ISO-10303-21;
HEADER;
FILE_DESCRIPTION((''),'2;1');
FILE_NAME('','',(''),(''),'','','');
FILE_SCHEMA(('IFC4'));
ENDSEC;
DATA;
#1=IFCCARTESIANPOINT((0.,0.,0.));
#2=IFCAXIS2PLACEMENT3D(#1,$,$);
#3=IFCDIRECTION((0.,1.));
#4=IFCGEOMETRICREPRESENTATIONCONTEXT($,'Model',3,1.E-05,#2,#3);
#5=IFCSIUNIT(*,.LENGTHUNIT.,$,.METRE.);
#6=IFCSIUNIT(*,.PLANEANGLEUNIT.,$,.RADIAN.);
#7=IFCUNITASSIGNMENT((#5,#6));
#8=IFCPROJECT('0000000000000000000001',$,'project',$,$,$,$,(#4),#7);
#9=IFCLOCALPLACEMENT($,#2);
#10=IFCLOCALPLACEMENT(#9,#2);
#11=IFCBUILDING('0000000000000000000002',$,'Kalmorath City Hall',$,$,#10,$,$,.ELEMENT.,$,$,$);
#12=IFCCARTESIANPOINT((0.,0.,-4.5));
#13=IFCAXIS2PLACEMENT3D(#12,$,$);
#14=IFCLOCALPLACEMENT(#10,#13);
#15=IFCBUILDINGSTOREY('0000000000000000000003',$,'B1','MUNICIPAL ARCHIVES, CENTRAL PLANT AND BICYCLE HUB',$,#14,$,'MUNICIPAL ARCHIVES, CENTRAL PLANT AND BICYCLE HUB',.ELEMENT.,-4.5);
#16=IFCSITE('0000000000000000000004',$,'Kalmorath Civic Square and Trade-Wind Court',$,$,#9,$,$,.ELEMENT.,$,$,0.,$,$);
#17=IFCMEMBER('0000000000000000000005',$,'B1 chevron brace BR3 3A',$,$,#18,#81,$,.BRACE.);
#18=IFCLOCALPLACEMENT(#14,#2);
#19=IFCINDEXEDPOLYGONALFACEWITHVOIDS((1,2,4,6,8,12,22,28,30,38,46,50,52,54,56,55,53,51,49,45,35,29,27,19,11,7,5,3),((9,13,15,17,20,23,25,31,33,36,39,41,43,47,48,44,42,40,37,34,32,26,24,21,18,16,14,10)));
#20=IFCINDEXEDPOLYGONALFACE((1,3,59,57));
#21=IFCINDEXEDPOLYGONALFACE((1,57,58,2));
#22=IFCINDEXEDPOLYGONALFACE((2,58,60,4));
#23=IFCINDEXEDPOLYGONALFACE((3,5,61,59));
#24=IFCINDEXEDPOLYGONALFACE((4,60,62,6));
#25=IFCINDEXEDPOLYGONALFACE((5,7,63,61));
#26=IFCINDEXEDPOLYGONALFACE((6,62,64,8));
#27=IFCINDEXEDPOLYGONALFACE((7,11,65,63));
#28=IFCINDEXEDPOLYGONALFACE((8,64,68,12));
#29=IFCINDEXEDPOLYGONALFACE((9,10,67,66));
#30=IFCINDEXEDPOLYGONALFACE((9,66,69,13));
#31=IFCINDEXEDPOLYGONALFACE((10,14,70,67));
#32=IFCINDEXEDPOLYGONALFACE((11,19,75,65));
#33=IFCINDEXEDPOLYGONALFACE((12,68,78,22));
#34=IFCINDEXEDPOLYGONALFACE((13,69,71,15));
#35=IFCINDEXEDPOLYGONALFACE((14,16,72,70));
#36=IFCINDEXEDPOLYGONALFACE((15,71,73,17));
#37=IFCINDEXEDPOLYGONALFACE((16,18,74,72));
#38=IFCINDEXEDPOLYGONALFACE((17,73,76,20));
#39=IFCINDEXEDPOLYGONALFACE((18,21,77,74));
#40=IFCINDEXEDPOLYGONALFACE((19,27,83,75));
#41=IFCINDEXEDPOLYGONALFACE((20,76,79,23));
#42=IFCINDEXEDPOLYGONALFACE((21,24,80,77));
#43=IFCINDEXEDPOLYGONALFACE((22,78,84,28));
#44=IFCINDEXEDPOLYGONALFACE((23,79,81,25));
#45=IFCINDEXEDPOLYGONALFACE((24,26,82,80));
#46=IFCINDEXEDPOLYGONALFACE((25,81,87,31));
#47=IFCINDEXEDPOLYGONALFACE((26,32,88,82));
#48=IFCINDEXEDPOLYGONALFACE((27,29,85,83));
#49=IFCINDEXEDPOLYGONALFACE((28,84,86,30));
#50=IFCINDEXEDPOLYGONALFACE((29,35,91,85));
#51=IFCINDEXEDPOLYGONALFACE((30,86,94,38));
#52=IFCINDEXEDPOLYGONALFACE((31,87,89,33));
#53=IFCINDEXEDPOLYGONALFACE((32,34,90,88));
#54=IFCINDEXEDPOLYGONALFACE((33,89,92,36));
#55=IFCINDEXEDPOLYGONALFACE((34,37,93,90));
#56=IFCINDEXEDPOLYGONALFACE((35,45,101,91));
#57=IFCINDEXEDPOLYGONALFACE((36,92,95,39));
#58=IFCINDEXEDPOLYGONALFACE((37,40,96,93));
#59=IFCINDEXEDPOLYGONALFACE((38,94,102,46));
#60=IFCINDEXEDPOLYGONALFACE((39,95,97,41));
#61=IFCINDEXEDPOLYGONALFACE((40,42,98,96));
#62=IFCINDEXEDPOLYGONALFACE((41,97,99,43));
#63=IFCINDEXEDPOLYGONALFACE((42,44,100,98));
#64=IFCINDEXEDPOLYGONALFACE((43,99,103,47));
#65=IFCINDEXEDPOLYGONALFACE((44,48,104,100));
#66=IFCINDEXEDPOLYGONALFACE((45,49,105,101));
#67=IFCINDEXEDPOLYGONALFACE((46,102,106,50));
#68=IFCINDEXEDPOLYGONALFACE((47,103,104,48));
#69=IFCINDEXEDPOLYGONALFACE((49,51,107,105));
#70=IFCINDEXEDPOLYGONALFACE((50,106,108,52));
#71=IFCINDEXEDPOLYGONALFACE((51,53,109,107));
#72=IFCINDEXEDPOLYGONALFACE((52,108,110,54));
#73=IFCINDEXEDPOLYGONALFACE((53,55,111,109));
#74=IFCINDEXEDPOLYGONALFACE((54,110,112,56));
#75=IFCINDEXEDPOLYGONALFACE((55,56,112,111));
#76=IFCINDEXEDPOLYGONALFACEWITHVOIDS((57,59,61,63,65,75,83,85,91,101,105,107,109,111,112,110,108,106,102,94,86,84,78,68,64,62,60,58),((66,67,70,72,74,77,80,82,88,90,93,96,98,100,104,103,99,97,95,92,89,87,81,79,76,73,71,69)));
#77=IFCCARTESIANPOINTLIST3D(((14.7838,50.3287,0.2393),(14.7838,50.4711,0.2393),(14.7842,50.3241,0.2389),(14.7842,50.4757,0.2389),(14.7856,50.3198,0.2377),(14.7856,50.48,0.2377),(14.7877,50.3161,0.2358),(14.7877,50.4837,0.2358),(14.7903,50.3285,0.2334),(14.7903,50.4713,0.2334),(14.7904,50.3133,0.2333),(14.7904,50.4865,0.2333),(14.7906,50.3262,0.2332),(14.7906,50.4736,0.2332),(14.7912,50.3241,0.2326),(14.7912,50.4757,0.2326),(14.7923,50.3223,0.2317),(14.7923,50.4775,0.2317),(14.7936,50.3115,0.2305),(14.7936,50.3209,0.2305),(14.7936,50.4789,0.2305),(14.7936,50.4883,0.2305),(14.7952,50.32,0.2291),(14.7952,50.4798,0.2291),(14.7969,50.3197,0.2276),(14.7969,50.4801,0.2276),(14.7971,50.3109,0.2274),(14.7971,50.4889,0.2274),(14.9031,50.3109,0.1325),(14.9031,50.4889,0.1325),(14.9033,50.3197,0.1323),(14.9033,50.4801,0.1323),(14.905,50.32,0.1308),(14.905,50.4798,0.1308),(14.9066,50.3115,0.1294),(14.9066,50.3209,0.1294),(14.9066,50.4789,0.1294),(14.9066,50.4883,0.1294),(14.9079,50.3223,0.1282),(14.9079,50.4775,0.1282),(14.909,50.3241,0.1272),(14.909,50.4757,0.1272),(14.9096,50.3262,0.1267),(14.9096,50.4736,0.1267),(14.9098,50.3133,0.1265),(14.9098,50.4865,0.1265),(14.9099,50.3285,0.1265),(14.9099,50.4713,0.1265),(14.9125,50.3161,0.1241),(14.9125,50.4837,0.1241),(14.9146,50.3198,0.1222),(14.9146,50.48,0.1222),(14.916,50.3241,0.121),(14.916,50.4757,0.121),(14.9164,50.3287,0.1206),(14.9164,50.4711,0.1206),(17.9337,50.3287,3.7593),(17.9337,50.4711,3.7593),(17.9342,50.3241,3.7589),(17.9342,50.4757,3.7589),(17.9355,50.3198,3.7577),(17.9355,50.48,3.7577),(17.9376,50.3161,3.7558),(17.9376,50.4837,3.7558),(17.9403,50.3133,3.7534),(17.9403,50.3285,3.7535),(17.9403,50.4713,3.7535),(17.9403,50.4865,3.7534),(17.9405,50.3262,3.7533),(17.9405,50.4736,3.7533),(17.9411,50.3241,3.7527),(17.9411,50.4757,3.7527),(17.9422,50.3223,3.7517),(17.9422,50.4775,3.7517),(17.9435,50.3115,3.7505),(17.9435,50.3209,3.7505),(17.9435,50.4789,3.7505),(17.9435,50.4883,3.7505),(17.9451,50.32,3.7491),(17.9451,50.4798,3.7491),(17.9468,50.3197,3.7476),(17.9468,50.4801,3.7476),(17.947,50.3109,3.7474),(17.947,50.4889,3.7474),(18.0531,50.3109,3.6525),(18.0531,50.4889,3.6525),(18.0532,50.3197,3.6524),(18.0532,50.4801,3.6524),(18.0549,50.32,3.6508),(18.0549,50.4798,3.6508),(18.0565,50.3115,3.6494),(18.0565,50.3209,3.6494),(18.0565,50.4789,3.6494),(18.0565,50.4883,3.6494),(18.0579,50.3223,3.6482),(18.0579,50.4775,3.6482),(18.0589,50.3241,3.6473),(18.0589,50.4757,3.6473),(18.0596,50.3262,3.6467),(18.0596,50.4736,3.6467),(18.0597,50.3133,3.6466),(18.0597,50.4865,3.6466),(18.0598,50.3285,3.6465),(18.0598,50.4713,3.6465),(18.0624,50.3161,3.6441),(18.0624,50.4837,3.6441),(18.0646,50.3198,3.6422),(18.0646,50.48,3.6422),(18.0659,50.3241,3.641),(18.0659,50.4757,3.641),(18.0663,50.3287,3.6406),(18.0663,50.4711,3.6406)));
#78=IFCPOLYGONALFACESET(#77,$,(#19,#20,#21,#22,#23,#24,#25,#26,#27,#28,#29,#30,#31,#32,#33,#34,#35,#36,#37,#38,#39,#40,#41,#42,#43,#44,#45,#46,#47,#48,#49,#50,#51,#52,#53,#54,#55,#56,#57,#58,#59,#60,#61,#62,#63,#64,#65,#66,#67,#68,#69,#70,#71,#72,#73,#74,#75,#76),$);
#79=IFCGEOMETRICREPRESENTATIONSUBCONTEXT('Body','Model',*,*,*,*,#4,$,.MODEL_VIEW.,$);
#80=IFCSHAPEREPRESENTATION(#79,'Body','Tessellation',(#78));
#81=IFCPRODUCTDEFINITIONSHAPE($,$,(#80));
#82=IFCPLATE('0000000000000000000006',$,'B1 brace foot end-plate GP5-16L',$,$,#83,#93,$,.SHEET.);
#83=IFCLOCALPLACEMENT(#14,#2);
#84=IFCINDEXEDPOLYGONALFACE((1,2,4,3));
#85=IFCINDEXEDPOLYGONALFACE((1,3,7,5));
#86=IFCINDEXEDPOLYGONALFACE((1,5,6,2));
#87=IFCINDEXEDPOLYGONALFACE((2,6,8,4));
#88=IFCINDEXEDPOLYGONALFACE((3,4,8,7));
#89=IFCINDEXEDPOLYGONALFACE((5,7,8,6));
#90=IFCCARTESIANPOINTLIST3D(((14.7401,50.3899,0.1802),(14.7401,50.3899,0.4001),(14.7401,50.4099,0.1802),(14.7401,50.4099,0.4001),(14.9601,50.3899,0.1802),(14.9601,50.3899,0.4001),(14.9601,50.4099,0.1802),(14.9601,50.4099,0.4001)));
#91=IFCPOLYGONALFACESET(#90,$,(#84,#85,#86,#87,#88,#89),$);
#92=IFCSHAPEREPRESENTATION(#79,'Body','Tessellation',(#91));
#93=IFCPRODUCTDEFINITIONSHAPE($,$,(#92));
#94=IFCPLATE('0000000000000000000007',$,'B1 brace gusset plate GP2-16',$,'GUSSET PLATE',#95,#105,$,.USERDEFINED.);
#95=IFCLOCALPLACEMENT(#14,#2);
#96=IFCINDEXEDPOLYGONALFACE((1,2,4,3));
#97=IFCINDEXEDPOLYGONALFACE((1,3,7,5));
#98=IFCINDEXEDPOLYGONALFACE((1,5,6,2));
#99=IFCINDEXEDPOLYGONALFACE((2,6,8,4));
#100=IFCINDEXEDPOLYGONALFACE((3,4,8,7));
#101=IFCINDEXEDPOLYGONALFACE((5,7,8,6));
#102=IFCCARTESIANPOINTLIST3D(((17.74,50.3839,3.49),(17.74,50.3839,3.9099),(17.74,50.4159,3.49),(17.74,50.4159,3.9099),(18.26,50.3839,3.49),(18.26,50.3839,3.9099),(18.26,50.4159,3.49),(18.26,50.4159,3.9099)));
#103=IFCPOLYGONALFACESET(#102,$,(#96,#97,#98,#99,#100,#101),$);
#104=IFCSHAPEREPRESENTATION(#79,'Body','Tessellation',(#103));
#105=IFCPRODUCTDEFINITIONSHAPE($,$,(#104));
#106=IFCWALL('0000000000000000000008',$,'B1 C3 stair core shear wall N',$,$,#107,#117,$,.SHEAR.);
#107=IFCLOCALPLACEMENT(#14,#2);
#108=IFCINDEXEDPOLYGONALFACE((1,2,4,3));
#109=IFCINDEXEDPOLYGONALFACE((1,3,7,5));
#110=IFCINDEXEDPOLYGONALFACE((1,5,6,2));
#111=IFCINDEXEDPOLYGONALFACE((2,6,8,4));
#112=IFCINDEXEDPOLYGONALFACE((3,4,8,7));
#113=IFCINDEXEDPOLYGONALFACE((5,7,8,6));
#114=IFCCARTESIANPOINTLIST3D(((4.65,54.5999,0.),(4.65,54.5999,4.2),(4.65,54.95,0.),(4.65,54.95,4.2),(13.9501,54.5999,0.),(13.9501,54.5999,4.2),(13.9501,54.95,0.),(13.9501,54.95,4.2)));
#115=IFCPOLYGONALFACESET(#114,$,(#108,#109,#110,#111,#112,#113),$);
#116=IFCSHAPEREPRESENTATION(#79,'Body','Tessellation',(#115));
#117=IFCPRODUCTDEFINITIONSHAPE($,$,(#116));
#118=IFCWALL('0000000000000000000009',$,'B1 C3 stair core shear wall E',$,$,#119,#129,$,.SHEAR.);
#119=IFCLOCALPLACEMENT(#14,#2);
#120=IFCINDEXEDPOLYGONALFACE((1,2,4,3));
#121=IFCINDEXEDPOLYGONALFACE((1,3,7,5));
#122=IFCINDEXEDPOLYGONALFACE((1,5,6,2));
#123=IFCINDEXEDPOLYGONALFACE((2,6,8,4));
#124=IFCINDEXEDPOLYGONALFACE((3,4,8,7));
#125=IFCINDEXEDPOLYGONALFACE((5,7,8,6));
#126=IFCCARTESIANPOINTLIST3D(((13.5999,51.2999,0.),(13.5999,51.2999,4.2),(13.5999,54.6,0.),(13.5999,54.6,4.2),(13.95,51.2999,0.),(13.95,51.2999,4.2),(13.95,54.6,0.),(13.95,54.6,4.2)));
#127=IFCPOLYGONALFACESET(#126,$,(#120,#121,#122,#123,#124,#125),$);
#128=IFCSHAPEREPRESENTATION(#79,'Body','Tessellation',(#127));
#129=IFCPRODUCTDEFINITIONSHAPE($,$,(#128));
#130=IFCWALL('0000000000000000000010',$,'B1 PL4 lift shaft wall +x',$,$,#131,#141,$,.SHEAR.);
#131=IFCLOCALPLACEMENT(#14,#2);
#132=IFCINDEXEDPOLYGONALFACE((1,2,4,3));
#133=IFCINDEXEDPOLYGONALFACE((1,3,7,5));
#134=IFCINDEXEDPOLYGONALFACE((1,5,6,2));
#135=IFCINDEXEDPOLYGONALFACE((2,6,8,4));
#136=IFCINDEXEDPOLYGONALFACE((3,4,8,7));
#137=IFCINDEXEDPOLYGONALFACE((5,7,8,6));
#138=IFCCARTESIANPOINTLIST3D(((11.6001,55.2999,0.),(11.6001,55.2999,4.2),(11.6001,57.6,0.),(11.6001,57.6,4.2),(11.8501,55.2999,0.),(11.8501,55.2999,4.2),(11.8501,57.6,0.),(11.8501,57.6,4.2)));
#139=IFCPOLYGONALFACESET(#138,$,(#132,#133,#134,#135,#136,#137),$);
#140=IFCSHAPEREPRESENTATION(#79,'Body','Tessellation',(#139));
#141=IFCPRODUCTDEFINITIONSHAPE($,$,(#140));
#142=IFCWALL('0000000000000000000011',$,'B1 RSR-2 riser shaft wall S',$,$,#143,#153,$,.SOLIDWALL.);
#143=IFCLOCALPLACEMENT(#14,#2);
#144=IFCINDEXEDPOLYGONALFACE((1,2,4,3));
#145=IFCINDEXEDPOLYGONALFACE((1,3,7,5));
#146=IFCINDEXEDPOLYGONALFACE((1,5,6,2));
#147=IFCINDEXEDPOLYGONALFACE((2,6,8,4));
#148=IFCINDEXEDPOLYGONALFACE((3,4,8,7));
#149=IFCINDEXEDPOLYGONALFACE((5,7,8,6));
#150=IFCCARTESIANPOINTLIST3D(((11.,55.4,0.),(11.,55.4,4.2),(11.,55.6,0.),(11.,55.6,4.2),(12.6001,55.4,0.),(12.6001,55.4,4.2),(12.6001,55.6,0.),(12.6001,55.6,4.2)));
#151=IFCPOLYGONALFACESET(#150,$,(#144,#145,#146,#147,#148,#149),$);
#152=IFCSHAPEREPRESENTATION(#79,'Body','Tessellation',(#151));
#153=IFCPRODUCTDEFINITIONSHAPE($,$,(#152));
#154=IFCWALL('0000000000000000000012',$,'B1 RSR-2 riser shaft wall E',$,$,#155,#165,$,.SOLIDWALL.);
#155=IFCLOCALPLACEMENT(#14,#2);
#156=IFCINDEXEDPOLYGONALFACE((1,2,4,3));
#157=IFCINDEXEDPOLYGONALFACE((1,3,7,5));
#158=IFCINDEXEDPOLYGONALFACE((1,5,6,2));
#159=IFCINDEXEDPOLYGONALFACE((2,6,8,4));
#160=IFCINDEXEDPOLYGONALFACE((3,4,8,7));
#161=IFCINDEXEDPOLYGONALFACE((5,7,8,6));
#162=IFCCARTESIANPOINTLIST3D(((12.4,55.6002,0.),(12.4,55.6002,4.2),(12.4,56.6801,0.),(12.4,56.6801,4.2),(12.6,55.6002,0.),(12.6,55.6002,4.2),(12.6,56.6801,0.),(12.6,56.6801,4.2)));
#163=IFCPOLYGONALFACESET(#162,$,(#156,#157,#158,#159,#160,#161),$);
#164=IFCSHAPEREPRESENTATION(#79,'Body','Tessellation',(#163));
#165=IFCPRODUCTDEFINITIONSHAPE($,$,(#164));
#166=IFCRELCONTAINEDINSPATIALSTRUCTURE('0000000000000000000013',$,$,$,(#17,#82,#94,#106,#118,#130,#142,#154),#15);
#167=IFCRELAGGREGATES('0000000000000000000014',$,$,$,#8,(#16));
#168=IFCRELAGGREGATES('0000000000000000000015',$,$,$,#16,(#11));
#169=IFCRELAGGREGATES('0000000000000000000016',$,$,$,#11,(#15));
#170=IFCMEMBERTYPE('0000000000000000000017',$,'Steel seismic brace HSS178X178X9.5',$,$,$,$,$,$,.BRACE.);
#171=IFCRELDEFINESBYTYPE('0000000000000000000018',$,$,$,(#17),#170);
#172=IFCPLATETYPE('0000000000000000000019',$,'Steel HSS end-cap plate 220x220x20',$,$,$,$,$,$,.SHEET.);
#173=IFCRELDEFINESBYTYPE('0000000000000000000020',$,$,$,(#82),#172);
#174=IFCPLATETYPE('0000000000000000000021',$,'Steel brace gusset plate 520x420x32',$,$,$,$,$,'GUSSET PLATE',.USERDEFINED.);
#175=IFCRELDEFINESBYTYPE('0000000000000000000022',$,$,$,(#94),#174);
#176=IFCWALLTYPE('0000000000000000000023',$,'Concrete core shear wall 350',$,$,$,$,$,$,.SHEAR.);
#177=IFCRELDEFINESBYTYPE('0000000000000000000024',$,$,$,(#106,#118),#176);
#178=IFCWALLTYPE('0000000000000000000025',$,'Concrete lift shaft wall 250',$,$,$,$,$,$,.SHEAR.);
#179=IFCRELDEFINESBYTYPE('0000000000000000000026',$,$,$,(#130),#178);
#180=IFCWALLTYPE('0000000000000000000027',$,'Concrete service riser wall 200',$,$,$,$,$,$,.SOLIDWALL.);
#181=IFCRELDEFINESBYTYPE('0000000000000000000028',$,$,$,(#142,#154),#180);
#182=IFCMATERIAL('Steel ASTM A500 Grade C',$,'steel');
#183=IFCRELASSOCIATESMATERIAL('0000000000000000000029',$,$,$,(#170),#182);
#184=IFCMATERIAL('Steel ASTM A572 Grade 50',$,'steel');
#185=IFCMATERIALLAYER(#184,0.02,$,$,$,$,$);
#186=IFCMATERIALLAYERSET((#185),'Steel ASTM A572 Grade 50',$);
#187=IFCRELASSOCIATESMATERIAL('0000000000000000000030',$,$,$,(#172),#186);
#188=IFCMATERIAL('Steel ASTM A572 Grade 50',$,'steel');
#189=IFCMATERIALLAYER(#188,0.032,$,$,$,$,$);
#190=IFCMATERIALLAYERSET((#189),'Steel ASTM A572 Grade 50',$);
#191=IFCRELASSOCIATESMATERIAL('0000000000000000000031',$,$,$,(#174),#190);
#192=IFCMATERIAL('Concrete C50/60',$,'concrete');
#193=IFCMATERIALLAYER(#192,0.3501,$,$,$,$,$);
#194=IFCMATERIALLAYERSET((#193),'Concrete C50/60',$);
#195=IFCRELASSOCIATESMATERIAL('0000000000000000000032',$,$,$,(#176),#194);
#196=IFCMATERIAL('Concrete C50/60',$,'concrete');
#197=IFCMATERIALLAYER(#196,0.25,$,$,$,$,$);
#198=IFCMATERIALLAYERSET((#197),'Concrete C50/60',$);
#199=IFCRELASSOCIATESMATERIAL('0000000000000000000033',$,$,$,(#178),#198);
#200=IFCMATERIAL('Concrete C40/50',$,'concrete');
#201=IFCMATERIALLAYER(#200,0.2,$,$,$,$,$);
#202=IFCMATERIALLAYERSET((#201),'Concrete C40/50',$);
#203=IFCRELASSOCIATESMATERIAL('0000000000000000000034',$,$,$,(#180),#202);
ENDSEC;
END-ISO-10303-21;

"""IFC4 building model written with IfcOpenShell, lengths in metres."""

from ifc_helpers import new_model, si_unit, direction, frame, frame_2d, origin, origin_2d, place, context, subcontext, project, spatial, rectangle, hollow_rectangle, extrude, material, layer, layer_set, material_profile, profile_set, type_object, element, save


model = new_model("IFC4")

# Units and contexts
model_context = context("Model", 3, precision=1e-05, world=origin(), true_north=direction((0.0, 1.0)))
body_context = subcontext(model_context, "Body", "Model", "MODEL_VIEW")
ifc_project = project(units=[si_unit("LENGTHUNIT", "METRE"), si_unit("PLANEANGLEUNIT", "RADIAN")], contexts=[model_context])

# Site, building, storey
site_placement = place(None, origin())
site = spatial("IfcSite", under=ifc_project, at=site_placement, Name="Kalmorath Civic Square and Trade-Wind Court", CompositionType="ELEMENT", RefElevation=0.0)
building_placement = place(site_placement, origin())
building = spatial("IfcBuilding", under=site, at=building_placement, Name="Kalmorath City Hall", CompositionType="ELEMENT")
storey_placement = place(building_placement, frame((0.0, 0.0, -4.5)))
storey = spatial("IfcBuildingStorey", under=building, at=storey_placement, Name="B1", Description="MUNICIPAL ARCHIVES, CENTRAL PLANT AND BICYCLE HUB", LongName="MUNICIPAL ARCHIVES, CENTRAL PLANT AND BICYCLE HUB", CompositionType="ELEMENT", Elevation=-4.5)

# Member
ifc_material_1 = material(Name="Steel ASTM A500 Grade C", Category="steel")
ifc_material_profile_1 = material_profile(ifc_material_1, hollow_rectangle(XDim=0.178, YDim=0.178, WallThickness=0.0088, InnerFilletRadius=0.0088, OuterFilletRadius=0.0178, at=origin_2d()), Name="HSS178X178X9.5")
ifc_profile_set_1 = profile_set([ifc_material_profile_1], Name="Steel ASTM A500 Grade C")
member_type = type_object("IfcMemberType", Name="Steel seismic brace HSS178X178X9.5", PredefinedType="BRACE", material=ifc_profile_set_1)
member_placement = place(storey_placement, frame((14.8501, 50.3999, 0.1799), z_axis=(0.666843, 0.0, 0.745198), x_axis=(0.0, 1.0, 0.0)))
element("IfcMember", 1, at=member_placement, inside=storey, type_object=member_type, Name="B1 chevron brace BR3 3A", PredefinedType="BRACE", context=body_context, shape_type="SweptSolid", body=[
    extrude(hollow_rectangle(XDim=0.178, YDim=0.178, WallThickness=0.0088, InnerFilletRadius=0.0088, OuterFilletRadius=0.0178, at=origin_2d()), origin(), (0.0, 0.0, 1.0), 4.7236),
])

# Plates
ifc_material_2 = material(Name="Steel ASTM A572 Grade 50", Category="steel")
ifc_layer_1 = layer(ifc_material_2, 0.02)
ifc_layer_set_1 = layer_set([ifc_layer_1], Name="Steel ASTM A572 Grade 50")
plate_type_1 = type_object("IfcPlateType", Name="Steel HSS end-cap plate 220x220x20", PredefinedType="SHEET", material=ifc_layer_set_1)
plate_1_placement = place(storey_placement, frame((14.8501, 50.3999, 0.1802), z_axis=(0.0, 0.0, 1.0), x_axis=(1.0, 0.0, 0.0)))
element("IfcPlate", 2, at=plate_1_placement, inside=storey, type_object=plate_type_1, Name="B1 brace foot end-plate GP5-16L", PredefinedType="SHEET", context=body_context, shape_type="SweptSolid", body=[
    extrude(rectangle(XDim=0.22, YDim=0.02, at=origin_2d()), origin(), (0.0, 0.0, 1.0), 0.22),
])
ifc_material_3 = material(Name="Steel ASTM A572 Grade 50", Category="steel")
ifc_layer_2 = layer(ifc_material_3, 0.032)
ifc_layer_set_2 = layer_set([ifc_layer_2], Name="Steel ASTM A572 Grade 50")
plate_type_2 = type_object("IfcPlateType", Name="Steel brace gusset plate 520x420x32", ElementType="GUSSET PLATE", PredefinedType="USERDEFINED", material=ifc_layer_set_2)
plate_2_placement = place(storey_placement, frame((18.0, 50.3999, 3.49), z_axis=(0.0, 0.0, 1.0), x_axis=(1.0, 0.0, 0.0)))
element("IfcPlate", 3, at=plate_2_placement, inside=storey, type_object=plate_type_2, Name="B1 brace gusset plate GP2-16", ObjectType="GUSSET PLATE", PredefinedType="USERDEFINED", context=body_context, shape_type="SweptSolid", body=[
    extrude(rectangle(XDim=0.52, YDim=0.032, at=origin_2d()), origin(), (0.0, 0.0, 1.0), 0.4199),
])

# Walls
ifc_material_4 = material(Name="Concrete C50/60", Category="concrete")
ifc_layer_3 = layer(ifc_material_4, 0.3501)
ifc_layer_set_3 = layer_set([ifc_layer_3], Name="Concrete C50/60")
wall_type_1 = type_object("IfcWallType", Name="Concrete core shear wall 350", PredefinedType="SHEAR", material=ifc_layer_set_3)
wall_1_placement = place(storey_placement, frame((13.95, 54.7749, 0.0), z_axis=(0.0, 0.0, 1.0), x_axis=(-1.0, 0.0, 0.0)))
element("IfcWall", 4, at=wall_1_placement, inside=storey, type_object=wall_type_1, Name="B1 C3 stair core shear wall N", PredefinedType="SHEAR", context=body_context, shape_type="SweptSolid", body=[
    extrude(rectangle(XDim=9.3, YDim=0.3501, at=frame_2d((4.6499, 0.0))), origin(), (0.0, 0.0, 1.0), 4.2),
])
wall_2_placement = place(storey_placement, frame((13.7749, 51.3, 0.0), z_axis=(0.0, 0.0, 1.0), x_axis=(0.0, 1.0, 0.0)))
element("IfcWall", 5, at=wall_2_placement, inside=storey, type_object=wall_type_1, Name="B1 C3 stair core shear wall E", PredefinedType="SHEAR", context=body_context, shape_type="SweptSolid", body=[
    extrude(rectangle(XDim=3.3, YDim=0.3501, at=frame_2d((1.6499, 0.0))), origin(), (0.0, 0.0, 1.0), 4.2),
])
ifc_material_5 = material(Name="Concrete C50/60", Category="concrete")
ifc_layer_4 = layer(ifc_material_5, 0.25)
ifc_layer_set_4 = layer_set([ifc_layer_4], Name="Concrete C50/60")
wall_type_2 = type_object("IfcWallType", Name="Concrete lift shaft wall 250", PredefinedType="SHEAR", material=ifc_layer_set_4)
wall_3_placement = place(storey_placement, frame((11.7251, 55.3, 0.0), z_axis=(0.0, 0.0, 1.0), x_axis=(0.0, 1.0, 0.0)))
element("IfcWall", 6, at=wall_3_placement, inside=storey, type_object=wall_type_2, Name="B1 PL4 lift shaft wall +x", PredefinedType="SHEAR", context=body_context, shape_type="SweptSolid", body=[
    extrude(rectangle(XDim=2.3, YDim=0.25, at=frame_2d((1.1499, 0.0))), origin(), (0.0, 0.0, 1.0), 4.2),
])
ifc_material_6 = material(Name="Concrete C40/50", Category="concrete")
ifc_layer_5 = layer(ifc_material_6, 0.2)
ifc_layer_set_5 = layer_set([ifc_layer_5], Name="Concrete C40/50")
wall_type_3 = type_object("IfcWallType", Name="Concrete service riser wall 200", PredefinedType="SOLIDWALL", material=ifc_layer_set_5)
wall_4_placement = place(storey_placement, frame((11.0, 55.5, 0.0), z_axis=(0.0, 0.0, 1.0), x_axis=(1.0, 0.0, 0.0)))
element("IfcWall", 7, at=wall_4_placement, inside=storey, type_object=wall_type_3, Name="B1 RSR-2 riser shaft wall S", PredefinedType="SOLIDWALL", context=body_context, shape_type="SweptSolid", body=[
    extrude(rectangle(XDim=1.6001, YDim=0.2, at=frame_2d((0.8, 0.0))), origin(), (0.0, 0.0, 1.0), 4.2),
])
wall_5_placement = place(storey_placement, frame((12.5, 55.6001, 0.0), z_axis=(0.0, 0.0, 1.0), x_axis=(0.0, 1.0, 0.0)))
element("IfcWall", 8, at=wall_5_placement, inside=storey, type_object=wall_type_3, Name="B1 RSR-2 riser shaft wall E", PredefinedType="SOLIDWALL", context=body_context, shape_type="SweptSolid", body=[
    extrude(rectangle(XDim=1.0798, YDim=0.2, at=frame_2d((0.54, 0.0))), origin(), (0.0, 0.0, 1.0), 4.2),
])

save(model, "model.ifc")
